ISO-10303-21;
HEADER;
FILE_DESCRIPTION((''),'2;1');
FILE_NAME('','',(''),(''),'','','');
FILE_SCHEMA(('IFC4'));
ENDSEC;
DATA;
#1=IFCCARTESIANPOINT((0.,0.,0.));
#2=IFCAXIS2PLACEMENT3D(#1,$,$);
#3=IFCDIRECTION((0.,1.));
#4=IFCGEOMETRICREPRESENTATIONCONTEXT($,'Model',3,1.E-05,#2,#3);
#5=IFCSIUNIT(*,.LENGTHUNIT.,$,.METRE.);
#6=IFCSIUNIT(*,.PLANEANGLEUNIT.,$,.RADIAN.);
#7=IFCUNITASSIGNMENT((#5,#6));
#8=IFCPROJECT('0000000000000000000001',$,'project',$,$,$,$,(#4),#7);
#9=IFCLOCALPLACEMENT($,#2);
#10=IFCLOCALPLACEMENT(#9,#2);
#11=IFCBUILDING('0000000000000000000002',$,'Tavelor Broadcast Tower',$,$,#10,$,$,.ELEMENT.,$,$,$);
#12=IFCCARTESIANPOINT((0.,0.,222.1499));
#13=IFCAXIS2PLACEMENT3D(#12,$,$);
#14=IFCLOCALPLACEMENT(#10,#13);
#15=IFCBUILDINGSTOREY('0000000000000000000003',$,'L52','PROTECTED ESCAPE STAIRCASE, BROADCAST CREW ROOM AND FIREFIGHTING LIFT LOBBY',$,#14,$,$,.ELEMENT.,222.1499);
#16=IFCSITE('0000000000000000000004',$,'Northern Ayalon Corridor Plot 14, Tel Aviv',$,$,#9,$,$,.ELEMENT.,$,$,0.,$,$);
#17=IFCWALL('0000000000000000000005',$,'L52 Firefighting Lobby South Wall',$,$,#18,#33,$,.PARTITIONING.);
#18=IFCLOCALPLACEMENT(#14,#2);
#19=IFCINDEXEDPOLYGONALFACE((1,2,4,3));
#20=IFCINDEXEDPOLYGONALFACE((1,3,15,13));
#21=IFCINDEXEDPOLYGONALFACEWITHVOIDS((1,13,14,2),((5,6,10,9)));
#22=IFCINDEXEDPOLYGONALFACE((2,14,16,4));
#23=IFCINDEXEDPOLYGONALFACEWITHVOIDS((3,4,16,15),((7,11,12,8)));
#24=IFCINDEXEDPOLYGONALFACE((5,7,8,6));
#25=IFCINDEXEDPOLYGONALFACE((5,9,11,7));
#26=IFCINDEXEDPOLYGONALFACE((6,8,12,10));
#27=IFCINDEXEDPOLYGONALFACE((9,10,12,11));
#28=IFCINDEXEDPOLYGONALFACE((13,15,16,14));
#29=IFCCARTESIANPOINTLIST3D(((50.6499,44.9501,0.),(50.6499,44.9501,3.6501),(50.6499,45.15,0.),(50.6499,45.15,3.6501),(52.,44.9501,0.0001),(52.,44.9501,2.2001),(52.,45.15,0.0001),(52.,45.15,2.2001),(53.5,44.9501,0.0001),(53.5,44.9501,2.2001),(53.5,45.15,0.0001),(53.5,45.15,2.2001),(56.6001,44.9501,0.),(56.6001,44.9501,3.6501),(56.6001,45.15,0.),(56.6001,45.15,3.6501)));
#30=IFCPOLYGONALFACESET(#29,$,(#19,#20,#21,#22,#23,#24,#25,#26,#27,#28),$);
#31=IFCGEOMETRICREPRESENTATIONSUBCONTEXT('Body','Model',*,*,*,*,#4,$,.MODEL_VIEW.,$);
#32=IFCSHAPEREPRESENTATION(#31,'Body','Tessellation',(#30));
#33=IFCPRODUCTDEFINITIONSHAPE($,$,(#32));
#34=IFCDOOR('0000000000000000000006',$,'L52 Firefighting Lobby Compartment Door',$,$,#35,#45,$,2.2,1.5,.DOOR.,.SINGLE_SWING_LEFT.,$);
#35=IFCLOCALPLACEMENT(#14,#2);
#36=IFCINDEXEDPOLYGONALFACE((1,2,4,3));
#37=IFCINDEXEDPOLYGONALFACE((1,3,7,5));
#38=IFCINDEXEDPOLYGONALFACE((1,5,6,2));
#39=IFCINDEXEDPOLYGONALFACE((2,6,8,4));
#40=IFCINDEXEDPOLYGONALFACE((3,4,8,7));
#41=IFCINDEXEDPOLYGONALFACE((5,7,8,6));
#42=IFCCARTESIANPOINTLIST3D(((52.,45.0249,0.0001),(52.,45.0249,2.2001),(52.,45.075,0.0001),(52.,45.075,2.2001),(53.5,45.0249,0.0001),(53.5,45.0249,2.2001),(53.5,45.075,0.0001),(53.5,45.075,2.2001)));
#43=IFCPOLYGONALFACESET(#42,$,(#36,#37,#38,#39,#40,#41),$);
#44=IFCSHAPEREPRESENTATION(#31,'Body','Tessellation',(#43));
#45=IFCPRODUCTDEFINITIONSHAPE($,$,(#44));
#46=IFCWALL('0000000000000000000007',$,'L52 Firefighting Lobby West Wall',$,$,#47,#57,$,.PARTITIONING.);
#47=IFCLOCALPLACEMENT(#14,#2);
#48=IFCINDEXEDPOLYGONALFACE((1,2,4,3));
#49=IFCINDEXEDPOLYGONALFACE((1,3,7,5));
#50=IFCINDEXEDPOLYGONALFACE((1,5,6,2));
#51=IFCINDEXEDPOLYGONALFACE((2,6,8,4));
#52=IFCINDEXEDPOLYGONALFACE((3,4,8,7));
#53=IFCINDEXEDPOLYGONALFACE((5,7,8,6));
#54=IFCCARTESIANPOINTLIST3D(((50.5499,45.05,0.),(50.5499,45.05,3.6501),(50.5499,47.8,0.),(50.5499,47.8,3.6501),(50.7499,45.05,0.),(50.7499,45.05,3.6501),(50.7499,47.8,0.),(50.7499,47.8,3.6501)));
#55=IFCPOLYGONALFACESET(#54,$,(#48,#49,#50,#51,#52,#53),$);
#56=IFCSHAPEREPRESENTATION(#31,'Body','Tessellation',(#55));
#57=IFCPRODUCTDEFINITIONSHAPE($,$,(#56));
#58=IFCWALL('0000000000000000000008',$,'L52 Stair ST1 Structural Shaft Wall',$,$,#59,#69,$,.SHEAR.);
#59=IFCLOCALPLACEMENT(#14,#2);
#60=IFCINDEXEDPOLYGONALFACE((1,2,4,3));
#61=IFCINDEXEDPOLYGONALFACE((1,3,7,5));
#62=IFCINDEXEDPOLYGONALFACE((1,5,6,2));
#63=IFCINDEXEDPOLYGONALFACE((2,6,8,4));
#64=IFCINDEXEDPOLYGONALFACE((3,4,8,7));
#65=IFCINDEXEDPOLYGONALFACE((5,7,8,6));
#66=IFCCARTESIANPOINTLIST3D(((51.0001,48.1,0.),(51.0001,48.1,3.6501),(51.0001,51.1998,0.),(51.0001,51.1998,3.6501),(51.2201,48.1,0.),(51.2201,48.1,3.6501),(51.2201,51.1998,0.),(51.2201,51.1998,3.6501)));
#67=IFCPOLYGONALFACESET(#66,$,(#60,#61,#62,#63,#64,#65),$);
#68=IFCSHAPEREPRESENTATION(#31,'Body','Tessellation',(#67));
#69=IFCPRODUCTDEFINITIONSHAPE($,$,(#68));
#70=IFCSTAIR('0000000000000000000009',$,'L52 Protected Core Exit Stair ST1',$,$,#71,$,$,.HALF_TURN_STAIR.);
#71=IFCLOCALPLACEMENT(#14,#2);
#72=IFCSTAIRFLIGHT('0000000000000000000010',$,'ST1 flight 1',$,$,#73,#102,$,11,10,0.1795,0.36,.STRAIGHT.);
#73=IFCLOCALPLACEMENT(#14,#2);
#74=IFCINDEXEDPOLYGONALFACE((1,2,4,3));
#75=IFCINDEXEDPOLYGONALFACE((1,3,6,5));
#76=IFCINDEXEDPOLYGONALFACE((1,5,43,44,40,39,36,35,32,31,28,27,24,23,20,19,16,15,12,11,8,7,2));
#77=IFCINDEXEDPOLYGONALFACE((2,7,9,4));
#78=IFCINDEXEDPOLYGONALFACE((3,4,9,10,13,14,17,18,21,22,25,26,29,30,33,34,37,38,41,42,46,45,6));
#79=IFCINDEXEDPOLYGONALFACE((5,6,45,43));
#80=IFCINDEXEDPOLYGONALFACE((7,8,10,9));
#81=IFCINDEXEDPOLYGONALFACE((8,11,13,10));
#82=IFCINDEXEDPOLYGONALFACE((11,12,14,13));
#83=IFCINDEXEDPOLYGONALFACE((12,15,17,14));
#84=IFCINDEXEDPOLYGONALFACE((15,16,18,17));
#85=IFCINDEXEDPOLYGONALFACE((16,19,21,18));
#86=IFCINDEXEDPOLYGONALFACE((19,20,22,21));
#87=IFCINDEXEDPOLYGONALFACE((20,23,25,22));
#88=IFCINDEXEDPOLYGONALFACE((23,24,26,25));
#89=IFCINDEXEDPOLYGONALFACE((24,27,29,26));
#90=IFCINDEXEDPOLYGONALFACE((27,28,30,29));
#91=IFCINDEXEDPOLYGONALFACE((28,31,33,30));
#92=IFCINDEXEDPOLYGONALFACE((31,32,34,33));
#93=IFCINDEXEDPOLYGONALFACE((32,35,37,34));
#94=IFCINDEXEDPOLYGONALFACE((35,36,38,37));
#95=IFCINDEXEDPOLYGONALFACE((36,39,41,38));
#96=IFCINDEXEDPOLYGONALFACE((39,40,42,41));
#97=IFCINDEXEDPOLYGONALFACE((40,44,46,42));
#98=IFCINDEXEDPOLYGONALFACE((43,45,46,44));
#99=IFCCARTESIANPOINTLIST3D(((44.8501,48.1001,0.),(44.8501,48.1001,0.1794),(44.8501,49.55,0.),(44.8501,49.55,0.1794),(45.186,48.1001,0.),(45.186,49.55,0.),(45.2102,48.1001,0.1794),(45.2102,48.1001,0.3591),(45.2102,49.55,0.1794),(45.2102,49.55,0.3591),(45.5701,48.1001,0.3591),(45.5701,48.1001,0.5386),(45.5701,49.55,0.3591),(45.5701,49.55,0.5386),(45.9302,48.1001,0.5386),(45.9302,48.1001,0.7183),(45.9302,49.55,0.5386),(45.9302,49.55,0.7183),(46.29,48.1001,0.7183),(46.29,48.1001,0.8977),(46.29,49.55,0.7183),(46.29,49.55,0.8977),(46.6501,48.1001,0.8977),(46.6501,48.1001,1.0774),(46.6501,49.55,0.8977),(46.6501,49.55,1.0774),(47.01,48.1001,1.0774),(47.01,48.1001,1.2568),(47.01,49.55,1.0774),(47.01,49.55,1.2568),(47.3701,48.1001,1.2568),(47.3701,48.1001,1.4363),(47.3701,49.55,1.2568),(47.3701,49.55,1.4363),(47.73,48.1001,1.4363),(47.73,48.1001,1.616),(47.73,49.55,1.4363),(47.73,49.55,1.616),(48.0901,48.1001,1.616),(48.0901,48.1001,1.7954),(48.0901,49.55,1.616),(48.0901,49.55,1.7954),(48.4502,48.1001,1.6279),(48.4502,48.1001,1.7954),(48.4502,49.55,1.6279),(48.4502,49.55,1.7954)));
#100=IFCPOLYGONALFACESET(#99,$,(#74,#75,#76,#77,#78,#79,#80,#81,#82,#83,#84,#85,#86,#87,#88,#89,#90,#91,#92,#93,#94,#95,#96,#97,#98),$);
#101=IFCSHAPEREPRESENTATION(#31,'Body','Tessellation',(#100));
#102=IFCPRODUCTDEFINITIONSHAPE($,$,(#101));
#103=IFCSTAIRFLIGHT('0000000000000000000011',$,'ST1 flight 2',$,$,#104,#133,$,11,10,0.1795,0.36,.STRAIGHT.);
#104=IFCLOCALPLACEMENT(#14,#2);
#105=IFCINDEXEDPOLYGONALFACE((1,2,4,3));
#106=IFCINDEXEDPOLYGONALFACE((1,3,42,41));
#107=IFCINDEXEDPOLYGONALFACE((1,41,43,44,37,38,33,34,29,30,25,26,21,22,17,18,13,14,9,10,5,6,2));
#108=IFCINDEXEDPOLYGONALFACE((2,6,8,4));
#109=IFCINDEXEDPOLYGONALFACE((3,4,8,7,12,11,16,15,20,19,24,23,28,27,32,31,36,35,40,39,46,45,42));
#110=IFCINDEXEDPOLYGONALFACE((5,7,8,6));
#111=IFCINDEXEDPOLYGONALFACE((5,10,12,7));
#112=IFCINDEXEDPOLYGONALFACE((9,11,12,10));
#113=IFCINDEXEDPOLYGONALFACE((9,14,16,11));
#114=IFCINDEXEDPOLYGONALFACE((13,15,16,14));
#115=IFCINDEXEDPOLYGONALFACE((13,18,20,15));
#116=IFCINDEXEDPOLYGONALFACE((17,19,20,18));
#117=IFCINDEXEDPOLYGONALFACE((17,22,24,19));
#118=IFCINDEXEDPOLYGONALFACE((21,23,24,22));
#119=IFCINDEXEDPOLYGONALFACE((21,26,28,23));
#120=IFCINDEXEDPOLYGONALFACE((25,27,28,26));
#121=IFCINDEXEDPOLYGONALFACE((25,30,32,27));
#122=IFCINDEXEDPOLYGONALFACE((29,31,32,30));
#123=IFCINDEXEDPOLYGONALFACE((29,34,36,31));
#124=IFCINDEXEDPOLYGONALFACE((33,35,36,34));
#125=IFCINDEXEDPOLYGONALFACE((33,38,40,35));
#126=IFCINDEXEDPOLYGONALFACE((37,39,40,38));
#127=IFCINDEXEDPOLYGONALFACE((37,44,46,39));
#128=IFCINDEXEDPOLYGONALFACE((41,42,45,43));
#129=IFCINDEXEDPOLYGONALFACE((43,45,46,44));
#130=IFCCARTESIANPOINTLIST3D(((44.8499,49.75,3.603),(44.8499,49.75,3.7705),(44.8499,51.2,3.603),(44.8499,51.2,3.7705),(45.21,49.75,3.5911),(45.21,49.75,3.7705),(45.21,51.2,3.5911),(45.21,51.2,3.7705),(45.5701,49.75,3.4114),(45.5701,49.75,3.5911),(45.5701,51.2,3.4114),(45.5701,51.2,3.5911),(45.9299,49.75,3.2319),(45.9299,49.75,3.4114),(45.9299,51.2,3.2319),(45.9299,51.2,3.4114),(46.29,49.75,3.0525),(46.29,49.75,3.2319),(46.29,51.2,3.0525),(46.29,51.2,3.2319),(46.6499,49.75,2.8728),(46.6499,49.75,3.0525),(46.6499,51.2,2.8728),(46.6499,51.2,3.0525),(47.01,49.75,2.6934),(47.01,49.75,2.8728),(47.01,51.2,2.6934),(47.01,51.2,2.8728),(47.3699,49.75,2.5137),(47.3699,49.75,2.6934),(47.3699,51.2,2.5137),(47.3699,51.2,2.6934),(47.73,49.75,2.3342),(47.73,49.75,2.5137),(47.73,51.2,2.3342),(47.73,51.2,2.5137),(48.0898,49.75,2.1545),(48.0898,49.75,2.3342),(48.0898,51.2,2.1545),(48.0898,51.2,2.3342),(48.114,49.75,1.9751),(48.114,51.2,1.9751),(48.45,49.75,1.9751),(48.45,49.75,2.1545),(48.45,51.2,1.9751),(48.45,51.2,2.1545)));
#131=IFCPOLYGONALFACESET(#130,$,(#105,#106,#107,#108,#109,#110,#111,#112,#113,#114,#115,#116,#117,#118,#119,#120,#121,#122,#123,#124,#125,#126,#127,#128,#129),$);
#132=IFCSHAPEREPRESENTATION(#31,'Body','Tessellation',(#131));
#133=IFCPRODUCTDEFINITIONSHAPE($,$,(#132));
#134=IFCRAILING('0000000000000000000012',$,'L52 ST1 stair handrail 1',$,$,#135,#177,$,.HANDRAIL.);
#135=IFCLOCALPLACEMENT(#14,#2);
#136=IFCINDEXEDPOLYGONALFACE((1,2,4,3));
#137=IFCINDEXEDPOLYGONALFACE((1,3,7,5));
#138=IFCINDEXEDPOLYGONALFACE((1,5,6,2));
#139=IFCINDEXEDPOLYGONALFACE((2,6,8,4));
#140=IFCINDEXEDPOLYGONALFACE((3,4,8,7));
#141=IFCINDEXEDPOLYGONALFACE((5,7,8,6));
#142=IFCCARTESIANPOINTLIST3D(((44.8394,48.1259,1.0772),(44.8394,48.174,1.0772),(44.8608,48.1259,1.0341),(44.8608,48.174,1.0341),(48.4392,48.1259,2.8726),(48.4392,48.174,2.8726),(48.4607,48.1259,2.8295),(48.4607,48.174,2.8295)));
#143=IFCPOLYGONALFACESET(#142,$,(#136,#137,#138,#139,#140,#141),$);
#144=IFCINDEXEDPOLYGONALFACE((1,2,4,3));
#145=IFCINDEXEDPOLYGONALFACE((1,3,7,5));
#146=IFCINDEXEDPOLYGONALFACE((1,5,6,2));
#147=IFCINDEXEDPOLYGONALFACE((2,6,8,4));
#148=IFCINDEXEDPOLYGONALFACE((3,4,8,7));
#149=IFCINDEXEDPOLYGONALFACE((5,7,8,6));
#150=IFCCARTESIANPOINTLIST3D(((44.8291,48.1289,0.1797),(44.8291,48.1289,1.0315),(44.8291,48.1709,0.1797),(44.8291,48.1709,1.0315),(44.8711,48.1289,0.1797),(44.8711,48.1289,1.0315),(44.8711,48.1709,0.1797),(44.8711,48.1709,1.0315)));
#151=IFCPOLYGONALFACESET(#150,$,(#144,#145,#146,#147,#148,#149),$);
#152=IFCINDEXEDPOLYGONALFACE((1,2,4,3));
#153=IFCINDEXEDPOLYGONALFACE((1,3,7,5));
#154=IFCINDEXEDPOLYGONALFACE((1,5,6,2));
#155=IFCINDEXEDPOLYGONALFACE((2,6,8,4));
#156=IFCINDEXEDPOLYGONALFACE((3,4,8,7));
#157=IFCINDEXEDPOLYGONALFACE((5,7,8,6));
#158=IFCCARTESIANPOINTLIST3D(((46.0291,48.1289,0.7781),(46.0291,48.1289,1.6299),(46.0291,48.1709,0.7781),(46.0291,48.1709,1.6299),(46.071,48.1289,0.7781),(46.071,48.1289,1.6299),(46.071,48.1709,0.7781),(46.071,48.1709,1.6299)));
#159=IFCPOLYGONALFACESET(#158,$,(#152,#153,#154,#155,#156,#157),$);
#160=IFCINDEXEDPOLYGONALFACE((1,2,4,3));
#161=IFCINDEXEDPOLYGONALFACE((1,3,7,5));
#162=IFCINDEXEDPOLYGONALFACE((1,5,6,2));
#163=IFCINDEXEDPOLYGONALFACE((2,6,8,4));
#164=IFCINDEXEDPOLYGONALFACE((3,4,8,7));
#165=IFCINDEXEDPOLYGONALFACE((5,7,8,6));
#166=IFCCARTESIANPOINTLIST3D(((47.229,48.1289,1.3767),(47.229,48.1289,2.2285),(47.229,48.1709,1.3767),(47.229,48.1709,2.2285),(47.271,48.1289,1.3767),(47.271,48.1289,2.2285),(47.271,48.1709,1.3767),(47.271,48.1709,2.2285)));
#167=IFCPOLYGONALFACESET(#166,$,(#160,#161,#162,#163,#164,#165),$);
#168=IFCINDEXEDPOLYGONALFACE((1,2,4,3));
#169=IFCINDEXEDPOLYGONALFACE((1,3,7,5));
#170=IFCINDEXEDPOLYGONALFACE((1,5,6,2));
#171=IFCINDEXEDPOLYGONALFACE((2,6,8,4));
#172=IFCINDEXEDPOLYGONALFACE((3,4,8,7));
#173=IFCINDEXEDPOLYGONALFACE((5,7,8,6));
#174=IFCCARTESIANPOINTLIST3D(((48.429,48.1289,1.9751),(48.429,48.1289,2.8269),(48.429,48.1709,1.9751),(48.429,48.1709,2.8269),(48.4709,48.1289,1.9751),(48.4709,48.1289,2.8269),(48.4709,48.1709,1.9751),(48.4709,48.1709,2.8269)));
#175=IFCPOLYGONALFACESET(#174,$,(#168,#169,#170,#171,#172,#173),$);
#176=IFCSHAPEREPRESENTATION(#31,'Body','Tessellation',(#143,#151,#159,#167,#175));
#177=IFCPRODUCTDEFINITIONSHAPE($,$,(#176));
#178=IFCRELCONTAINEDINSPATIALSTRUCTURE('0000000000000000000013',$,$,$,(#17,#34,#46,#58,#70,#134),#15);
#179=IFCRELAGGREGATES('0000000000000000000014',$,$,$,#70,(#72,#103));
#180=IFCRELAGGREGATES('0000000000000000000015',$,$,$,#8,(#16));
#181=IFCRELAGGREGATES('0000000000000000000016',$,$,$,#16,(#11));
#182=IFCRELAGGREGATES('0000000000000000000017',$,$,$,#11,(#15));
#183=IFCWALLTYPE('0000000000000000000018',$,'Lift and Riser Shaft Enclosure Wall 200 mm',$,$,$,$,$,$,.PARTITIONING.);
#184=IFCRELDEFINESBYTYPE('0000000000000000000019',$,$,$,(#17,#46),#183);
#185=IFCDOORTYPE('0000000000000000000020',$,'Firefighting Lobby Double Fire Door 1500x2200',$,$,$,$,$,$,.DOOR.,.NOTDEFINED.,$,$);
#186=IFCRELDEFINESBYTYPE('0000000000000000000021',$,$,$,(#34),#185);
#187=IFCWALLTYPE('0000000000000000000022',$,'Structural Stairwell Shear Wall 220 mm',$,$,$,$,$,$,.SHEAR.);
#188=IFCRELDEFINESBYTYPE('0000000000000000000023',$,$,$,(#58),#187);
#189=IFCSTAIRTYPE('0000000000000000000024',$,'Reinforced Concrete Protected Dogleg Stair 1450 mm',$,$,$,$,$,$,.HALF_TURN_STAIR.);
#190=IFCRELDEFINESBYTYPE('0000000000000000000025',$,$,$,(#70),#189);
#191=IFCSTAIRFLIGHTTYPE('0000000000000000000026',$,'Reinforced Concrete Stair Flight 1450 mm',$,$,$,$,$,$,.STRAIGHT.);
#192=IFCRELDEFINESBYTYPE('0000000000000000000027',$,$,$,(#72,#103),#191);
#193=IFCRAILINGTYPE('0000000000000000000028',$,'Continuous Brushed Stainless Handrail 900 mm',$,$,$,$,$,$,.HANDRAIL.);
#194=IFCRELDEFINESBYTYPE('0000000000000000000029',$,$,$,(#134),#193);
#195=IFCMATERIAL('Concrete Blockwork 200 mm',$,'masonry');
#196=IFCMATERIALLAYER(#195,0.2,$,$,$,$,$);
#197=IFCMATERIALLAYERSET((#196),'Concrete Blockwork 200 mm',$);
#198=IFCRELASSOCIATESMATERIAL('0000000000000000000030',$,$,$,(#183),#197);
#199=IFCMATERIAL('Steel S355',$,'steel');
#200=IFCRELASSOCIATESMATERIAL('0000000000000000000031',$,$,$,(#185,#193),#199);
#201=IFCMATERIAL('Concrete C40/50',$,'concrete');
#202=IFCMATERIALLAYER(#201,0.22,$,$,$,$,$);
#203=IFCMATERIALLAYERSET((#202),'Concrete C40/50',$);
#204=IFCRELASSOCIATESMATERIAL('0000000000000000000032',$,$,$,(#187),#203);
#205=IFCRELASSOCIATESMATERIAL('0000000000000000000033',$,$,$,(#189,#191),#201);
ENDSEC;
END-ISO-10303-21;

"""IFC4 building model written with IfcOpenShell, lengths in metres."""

from ifc_helpers import new_model, si_unit, direction, frame, frame_2d, origin, origin_2d, place, context, subcontext, project, spatial, polyline, rectangle, outline, extrude, material, layer, layer_set, type_object, element, fill, aggregate, save


model = new_model("IFC4")

# Units and contexts
model_context = context("Model", 3, precision=1e-05, world=origin(), true_north=direction((0.0, 1.0)))
body_context = subcontext(model_context, "Body", "Model", "MODEL_VIEW")
ifc_project = project(units=[si_unit("LENGTHUNIT", "METRE"), si_unit("PLANEANGLEUNIT", "RADIAN")], contexts=[model_context])

# Site, building, storey
site_placement = place(None, origin())
site = spatial("IfcSite", under=ifc_project, at=site_placement, Name="Northern Ayalon Corridor Plot 14, Tel Aviv", CompositionType="ELEMENT", RefElevation=0.0)
building_placement = place(site_placement, origin())
building = spatial("IfcBuilding", under=site, at=building_placement, Name="Tavelor Broadcast Tower", CompositionType="ELEMENT")
storey_placement = place(building_placement, frame((0.0, 0.0, 222.1499)))
storey = spatial("IfcBuildingStorey", under=building, at=storey_placement, Name="L52", Description="PROTECTED ESCAPE STAIRCASE, BROADCAST CREW ROOM AND FIREFIGHTING LIFT LOBBY", CompositionType="ELEMENT", Elevation=222.1499)

# Shared definitions
ifc_material_1 = material(Name="Steel S355", Category="steel")

# Shared definitions
ifc_material_2 = material(Name="Concrete Blockwork 200 mm", Category="masonry")

# Shared definitions
ifc_layer_1 = layer(ifc_material_2, 0.2)
ifc_layer_set_1 = layer_set([ifc_layer_1], Name="Concrete Blockwork 200 mm")
wall_type_1 = type_object("IfcWallType", Name="Lift and Riser Shaft Enclosure Wall 200 mm", PredefinedType="PARTITIONING", material=ifc_layer_set_1)

# Wall, opening, door
wall_1_placement = place(storey_placement, frame((50.6499, 45.05, 0.0), z_axis=(0.0, 0.0, 1.0), x_axis=(1.0, 0.0, 0.0)))
wall_1 = element("IfcWall", 1, at=wall_1_placement, inside=storey, type_object=wall_type_1, Name="L52 Firefighting Lobby South Wall", PredefinedType="PARTITIONING", context=body_context, shape_type="SweptSolid", body=[
    extrude(rectangle(XDim=5.9502, YDim=0.2, at=frame_2d((2.9751, 0.0))), origin(), (0.0, 0.0, 1.0), 3.6501),
])
opening_1_placement = place(wall_1_placement, frame((1.3501, 0.0, 0.0)))
opening_1 = element("IfcOpeningElement", 2, at=opening_1_placement, cuts=wall_1, PredefinedType="OPENING", context=body_context, shape_type="SweptSolid", body=[
    extrude(rectangle(XDim=1.5, YDim=2.2, at=frame_2d((0.75, 1.1001))), frame((0.0, 0.1099, 0.0), z_axis=(0.0, -1.0, 0.0), x_axis=(1.0, 0.0, 0.0)), (0.0, 0.0, 1.0), 0.22),
])
door_type_1 = type_object("IfcDoorType", Name="Firefighting Lobby Double Fire Door 1500x2200", OperationType="NOTDEFINED", PredefinedType="DOOR", material=ifc_material_1)
door_1_placement = place(opening_1_placement, origin())
door_1 = element("IfcDoor", 3, at=door_1_placement, inside=storey, type_object=door_type_1, Name="L52 Firefighting Lobby Compartment Door", OperationType="SINGLE_SWING_LEFT", OverallHeight=2.2, OverallWidth=1.5, PredefinedType="DOOR", context=body_context, shape_type="SweptSolid", body=[
    extrude(rectangle(XDim=1.5, YDim=2.2, at=frame_2d((0.75, 1.1001))), frame((0.0, 0.0249, 0.0), z_axis=(0.0, -1.0, 0.0), x_axis=(1.0, 0.0, 0.0)), (0.0, 0.0, 1.0), 0.05),
])
fill(opening_1, door_1)

# Walls
wall_2_placement = place(storey_placement, frame((50.6499, 45.05, 0.0), z_axis=(0.0, 0.0, 1.0), x_axis=(0.0, 1.0, 0.0)))
element("IfcWall", 4, at=wall_2_placement, inside=storey, type_object=wall_type_1, Name="L52 Firefighting Lobby West Wall", PredefinedType="PARTITIONING", context=body_context, shape_type="SweptSolid", body=[
    extrude(rectangle(XDim=2.75, YDim=0.2, at=frame_2d((1.375, 0.0))), origin(), (0.0, 0.0, 1.0), 3.6501),
])
ifc_material_3 = material(Name="Concrete C40/50", Category="concrete")
ifc_layer_2 = layer(ifc_material_3, 0.22)
ifc_layer_set_2 = layer_set([ifc_layer_2], Name="Concrete C40/50")
wall_type_2 = type_object("IfcWallType", Name="Structural Stairwell Shear Wall 220 mm", PredefinedType="SHEAR", material=ifc_layer_set_2)
wall_3_placement = place(storey_placement, frame((51.1101, 48.1001, 0.0), z_axis=(0.0, 0.0, 1.0), x_axis=(0.0, 1.0, 0.0)))
element("IfcWall", 5, at=wall_3_placement, inside=storey, type_object=wall_type_2, Name="L52 Stair ST1 Structural Shaft Wall", PredefinedType="SHEAR", context=body_context, shape_type="SweptSolid", body=[
    extrude(rectangle(XDim=3.0999, YDim=0.22, at=frame_2d((1.5498, 0.0))), origin(), (0.0, 0.0, 1.0), 3.6501),
])

# Stair, stair flights
stair_type = type_object("IfcStairType", Name="Reinforced Concrete Protected Dogleg Stair 1450 mm", PredefinedType="HALF_TURN_STAIR", material=ifc_material_3)
stair_placement = place(storey_placement, origin())
stair = element("IfcStair", 6, at=stair_placement, inside=storey, type_object=stair_type, Name="L52 Protected Core Exit Stair ST1", PredefinedType="HALF_TURN_STAIR")
stair_flight_type = type_object("IfcStairFlightType", Name="Reinforced Concrete Stair Flight 1450 mm", PredefinedType="STRAIGHT", material=ifc_material_3)
stair_flight_1_placement = place(storey_placement, frame((44.8501, 48.825, 0.0), z_axis=(0.0, 0.0, 1.0), x_axis=(1.0, 0.0, 0.0)))
stair_flight_1 = element("IfcStairFlight", 7, at=stair_flight_1_placement, type_object=stair_flight_type, Name="ST1 flight 1", NumberOfRisers=11, NumberOfTreads=10, PredefinedType="STRAIGHT", RiserHeight=0.1795, TreadLength=0.36, context=body_context, shape_type="SweptSolid", body=[
    extrude(outline(polyline([(0.0, 0.0), (0.0, 0.1794), (0.3601, 0.1794), (0.3601, 0.3591), (0.72, 0.3591), (0.72, 0.5386), (1.0801, 0.5386), (1.0801, 0.7183), (1.4399, 0.7183), (1.4399, 0.8977), (1.8, 0.8977), (1.8, 1.0774), (2.1599, 1.0774), (2.1599, 1.2568), (2.52, 1.2568), (2.52, 1.4363), (2.8799, 1.4363), (2.8799, 1.616), (3.24, 1.616), (3.24, 1.7954), (3.6001, 1.7954), (3.6001, 1.9751), (3.6001, 1.6279), (0.3359, 0.0), (0.0, 0.0)])), frame((0.0, 0.7251, 0.0), z_axis=(0.0, -1.0, 0.0), x_axis=(1.0, 0.0, 0.0)), (0.0, 0.0, 1.0), 1.45),
])
stair_flight_2_placement = place(storey_placement, frame((48.45, 50.4751, 1.9751), z_axis=(0.0, 0.0, 1.0), x_axis=(-1.0, 0.0, 0.0)))
stair_flight_2 = element("IfcStairFlight", 8, at=stair_flight_2_placement, type_object=stair_flight_type, Name="ST1 flight 2", NumberOfRisers=11, NumberOfTreads=10, PredefinedType="STRAIGHT", RiserHeight=0.1795, TreadLength=0.36, context=body_context, shape_type="SweptSolid", body=[
    extrude(outline(polyline([(0.0, 0.0), (0.0, 0.1794), (0.3601, 0.1794), (0.3601, 0.3591), (0.72, 0.3591), (0.72, 0.5386), (1.0801, 0.5386), (1.0801, 0.7183), (1.4399, 0.7183), (1.4399, 0.8977), (1.8, 0.8977), (1.8, 1.0774), (2.1599, 1.0774), (2.1599, 1.2568), (2.52, 1.2568), (2.52, 1.4363), (2.8799, 1.4363), (2.8799, 1.616), (3.24, 1.616), (3.24, 1.7954), (3.6001, 1.7954), (3.6001, 1.9751), (3.6001, 1.6279), (0.3359, 0.0), (0.0, 0.0)])), frame((0.0, 0.7251, 0.0), z_axis=(0.0, -1.0, 0.0), x_axis=(1.0, 0.0, 0.0)), (0.0, 0.0, 1.0), 1.45),
])
aggregate(stair, [stair_flight_1, stair_flight_2])

# Railing
railing_type_1 = type_object("IfcRailingType", Name="Continuous Brushed Stainless Handrail 900 mm", PredefinedType="HANDRAIL", material=ifc_material_1)
railing_1_placement = place(storey_placement, frame((44.8501, 48.1499, 0.1797)))
element("IfcRailing", 9, at=railing_1_placement, inside=storey, type_object=railing_type_1, Name="L52 ST1 stair handrail 1", PredefinedType="HANDRAIL", context=body_context, shape_type="SweptSolid", body=[
    extrude(rectangle(XDim=0.0481, YDim=0.0481, at=origin_2d()), frame((0.0, 0.0, 0.876), z_axis=(0.894876, 0.0, 0.446315), x_axis=(0.0, 1.0, 0.0)), (0.0, 0.0, 1.0), 4.0227),
    extrude(rectangle(XDim=0.042, YDim=0.042, at=origin_2d()), origin(), (0.0, 0.0, 1.0), 0.8518),
    extrude(rectangle(XDim=0.042, YDim=0.042, at=origin_2d()), frame((1.2, 0.0, 0.5984)), (0.0, 0.0, 1.0), 0.8518),
    extrude(rectangle(XDim=0.042, YDim=0.042, at=origin_2d()), frame((2.3999, 0.0, 1.197)), (0.0, 0.0, 1.0), 0.8518),
    extrude(rectangle(XDim=0.042, YDim=0.042, at=origin_2d()), frame((3.5999, 0.0, 1.7954)), (0.0, 0.0, 1.0), 0.8518),
])

save(model, "model.ifc")
